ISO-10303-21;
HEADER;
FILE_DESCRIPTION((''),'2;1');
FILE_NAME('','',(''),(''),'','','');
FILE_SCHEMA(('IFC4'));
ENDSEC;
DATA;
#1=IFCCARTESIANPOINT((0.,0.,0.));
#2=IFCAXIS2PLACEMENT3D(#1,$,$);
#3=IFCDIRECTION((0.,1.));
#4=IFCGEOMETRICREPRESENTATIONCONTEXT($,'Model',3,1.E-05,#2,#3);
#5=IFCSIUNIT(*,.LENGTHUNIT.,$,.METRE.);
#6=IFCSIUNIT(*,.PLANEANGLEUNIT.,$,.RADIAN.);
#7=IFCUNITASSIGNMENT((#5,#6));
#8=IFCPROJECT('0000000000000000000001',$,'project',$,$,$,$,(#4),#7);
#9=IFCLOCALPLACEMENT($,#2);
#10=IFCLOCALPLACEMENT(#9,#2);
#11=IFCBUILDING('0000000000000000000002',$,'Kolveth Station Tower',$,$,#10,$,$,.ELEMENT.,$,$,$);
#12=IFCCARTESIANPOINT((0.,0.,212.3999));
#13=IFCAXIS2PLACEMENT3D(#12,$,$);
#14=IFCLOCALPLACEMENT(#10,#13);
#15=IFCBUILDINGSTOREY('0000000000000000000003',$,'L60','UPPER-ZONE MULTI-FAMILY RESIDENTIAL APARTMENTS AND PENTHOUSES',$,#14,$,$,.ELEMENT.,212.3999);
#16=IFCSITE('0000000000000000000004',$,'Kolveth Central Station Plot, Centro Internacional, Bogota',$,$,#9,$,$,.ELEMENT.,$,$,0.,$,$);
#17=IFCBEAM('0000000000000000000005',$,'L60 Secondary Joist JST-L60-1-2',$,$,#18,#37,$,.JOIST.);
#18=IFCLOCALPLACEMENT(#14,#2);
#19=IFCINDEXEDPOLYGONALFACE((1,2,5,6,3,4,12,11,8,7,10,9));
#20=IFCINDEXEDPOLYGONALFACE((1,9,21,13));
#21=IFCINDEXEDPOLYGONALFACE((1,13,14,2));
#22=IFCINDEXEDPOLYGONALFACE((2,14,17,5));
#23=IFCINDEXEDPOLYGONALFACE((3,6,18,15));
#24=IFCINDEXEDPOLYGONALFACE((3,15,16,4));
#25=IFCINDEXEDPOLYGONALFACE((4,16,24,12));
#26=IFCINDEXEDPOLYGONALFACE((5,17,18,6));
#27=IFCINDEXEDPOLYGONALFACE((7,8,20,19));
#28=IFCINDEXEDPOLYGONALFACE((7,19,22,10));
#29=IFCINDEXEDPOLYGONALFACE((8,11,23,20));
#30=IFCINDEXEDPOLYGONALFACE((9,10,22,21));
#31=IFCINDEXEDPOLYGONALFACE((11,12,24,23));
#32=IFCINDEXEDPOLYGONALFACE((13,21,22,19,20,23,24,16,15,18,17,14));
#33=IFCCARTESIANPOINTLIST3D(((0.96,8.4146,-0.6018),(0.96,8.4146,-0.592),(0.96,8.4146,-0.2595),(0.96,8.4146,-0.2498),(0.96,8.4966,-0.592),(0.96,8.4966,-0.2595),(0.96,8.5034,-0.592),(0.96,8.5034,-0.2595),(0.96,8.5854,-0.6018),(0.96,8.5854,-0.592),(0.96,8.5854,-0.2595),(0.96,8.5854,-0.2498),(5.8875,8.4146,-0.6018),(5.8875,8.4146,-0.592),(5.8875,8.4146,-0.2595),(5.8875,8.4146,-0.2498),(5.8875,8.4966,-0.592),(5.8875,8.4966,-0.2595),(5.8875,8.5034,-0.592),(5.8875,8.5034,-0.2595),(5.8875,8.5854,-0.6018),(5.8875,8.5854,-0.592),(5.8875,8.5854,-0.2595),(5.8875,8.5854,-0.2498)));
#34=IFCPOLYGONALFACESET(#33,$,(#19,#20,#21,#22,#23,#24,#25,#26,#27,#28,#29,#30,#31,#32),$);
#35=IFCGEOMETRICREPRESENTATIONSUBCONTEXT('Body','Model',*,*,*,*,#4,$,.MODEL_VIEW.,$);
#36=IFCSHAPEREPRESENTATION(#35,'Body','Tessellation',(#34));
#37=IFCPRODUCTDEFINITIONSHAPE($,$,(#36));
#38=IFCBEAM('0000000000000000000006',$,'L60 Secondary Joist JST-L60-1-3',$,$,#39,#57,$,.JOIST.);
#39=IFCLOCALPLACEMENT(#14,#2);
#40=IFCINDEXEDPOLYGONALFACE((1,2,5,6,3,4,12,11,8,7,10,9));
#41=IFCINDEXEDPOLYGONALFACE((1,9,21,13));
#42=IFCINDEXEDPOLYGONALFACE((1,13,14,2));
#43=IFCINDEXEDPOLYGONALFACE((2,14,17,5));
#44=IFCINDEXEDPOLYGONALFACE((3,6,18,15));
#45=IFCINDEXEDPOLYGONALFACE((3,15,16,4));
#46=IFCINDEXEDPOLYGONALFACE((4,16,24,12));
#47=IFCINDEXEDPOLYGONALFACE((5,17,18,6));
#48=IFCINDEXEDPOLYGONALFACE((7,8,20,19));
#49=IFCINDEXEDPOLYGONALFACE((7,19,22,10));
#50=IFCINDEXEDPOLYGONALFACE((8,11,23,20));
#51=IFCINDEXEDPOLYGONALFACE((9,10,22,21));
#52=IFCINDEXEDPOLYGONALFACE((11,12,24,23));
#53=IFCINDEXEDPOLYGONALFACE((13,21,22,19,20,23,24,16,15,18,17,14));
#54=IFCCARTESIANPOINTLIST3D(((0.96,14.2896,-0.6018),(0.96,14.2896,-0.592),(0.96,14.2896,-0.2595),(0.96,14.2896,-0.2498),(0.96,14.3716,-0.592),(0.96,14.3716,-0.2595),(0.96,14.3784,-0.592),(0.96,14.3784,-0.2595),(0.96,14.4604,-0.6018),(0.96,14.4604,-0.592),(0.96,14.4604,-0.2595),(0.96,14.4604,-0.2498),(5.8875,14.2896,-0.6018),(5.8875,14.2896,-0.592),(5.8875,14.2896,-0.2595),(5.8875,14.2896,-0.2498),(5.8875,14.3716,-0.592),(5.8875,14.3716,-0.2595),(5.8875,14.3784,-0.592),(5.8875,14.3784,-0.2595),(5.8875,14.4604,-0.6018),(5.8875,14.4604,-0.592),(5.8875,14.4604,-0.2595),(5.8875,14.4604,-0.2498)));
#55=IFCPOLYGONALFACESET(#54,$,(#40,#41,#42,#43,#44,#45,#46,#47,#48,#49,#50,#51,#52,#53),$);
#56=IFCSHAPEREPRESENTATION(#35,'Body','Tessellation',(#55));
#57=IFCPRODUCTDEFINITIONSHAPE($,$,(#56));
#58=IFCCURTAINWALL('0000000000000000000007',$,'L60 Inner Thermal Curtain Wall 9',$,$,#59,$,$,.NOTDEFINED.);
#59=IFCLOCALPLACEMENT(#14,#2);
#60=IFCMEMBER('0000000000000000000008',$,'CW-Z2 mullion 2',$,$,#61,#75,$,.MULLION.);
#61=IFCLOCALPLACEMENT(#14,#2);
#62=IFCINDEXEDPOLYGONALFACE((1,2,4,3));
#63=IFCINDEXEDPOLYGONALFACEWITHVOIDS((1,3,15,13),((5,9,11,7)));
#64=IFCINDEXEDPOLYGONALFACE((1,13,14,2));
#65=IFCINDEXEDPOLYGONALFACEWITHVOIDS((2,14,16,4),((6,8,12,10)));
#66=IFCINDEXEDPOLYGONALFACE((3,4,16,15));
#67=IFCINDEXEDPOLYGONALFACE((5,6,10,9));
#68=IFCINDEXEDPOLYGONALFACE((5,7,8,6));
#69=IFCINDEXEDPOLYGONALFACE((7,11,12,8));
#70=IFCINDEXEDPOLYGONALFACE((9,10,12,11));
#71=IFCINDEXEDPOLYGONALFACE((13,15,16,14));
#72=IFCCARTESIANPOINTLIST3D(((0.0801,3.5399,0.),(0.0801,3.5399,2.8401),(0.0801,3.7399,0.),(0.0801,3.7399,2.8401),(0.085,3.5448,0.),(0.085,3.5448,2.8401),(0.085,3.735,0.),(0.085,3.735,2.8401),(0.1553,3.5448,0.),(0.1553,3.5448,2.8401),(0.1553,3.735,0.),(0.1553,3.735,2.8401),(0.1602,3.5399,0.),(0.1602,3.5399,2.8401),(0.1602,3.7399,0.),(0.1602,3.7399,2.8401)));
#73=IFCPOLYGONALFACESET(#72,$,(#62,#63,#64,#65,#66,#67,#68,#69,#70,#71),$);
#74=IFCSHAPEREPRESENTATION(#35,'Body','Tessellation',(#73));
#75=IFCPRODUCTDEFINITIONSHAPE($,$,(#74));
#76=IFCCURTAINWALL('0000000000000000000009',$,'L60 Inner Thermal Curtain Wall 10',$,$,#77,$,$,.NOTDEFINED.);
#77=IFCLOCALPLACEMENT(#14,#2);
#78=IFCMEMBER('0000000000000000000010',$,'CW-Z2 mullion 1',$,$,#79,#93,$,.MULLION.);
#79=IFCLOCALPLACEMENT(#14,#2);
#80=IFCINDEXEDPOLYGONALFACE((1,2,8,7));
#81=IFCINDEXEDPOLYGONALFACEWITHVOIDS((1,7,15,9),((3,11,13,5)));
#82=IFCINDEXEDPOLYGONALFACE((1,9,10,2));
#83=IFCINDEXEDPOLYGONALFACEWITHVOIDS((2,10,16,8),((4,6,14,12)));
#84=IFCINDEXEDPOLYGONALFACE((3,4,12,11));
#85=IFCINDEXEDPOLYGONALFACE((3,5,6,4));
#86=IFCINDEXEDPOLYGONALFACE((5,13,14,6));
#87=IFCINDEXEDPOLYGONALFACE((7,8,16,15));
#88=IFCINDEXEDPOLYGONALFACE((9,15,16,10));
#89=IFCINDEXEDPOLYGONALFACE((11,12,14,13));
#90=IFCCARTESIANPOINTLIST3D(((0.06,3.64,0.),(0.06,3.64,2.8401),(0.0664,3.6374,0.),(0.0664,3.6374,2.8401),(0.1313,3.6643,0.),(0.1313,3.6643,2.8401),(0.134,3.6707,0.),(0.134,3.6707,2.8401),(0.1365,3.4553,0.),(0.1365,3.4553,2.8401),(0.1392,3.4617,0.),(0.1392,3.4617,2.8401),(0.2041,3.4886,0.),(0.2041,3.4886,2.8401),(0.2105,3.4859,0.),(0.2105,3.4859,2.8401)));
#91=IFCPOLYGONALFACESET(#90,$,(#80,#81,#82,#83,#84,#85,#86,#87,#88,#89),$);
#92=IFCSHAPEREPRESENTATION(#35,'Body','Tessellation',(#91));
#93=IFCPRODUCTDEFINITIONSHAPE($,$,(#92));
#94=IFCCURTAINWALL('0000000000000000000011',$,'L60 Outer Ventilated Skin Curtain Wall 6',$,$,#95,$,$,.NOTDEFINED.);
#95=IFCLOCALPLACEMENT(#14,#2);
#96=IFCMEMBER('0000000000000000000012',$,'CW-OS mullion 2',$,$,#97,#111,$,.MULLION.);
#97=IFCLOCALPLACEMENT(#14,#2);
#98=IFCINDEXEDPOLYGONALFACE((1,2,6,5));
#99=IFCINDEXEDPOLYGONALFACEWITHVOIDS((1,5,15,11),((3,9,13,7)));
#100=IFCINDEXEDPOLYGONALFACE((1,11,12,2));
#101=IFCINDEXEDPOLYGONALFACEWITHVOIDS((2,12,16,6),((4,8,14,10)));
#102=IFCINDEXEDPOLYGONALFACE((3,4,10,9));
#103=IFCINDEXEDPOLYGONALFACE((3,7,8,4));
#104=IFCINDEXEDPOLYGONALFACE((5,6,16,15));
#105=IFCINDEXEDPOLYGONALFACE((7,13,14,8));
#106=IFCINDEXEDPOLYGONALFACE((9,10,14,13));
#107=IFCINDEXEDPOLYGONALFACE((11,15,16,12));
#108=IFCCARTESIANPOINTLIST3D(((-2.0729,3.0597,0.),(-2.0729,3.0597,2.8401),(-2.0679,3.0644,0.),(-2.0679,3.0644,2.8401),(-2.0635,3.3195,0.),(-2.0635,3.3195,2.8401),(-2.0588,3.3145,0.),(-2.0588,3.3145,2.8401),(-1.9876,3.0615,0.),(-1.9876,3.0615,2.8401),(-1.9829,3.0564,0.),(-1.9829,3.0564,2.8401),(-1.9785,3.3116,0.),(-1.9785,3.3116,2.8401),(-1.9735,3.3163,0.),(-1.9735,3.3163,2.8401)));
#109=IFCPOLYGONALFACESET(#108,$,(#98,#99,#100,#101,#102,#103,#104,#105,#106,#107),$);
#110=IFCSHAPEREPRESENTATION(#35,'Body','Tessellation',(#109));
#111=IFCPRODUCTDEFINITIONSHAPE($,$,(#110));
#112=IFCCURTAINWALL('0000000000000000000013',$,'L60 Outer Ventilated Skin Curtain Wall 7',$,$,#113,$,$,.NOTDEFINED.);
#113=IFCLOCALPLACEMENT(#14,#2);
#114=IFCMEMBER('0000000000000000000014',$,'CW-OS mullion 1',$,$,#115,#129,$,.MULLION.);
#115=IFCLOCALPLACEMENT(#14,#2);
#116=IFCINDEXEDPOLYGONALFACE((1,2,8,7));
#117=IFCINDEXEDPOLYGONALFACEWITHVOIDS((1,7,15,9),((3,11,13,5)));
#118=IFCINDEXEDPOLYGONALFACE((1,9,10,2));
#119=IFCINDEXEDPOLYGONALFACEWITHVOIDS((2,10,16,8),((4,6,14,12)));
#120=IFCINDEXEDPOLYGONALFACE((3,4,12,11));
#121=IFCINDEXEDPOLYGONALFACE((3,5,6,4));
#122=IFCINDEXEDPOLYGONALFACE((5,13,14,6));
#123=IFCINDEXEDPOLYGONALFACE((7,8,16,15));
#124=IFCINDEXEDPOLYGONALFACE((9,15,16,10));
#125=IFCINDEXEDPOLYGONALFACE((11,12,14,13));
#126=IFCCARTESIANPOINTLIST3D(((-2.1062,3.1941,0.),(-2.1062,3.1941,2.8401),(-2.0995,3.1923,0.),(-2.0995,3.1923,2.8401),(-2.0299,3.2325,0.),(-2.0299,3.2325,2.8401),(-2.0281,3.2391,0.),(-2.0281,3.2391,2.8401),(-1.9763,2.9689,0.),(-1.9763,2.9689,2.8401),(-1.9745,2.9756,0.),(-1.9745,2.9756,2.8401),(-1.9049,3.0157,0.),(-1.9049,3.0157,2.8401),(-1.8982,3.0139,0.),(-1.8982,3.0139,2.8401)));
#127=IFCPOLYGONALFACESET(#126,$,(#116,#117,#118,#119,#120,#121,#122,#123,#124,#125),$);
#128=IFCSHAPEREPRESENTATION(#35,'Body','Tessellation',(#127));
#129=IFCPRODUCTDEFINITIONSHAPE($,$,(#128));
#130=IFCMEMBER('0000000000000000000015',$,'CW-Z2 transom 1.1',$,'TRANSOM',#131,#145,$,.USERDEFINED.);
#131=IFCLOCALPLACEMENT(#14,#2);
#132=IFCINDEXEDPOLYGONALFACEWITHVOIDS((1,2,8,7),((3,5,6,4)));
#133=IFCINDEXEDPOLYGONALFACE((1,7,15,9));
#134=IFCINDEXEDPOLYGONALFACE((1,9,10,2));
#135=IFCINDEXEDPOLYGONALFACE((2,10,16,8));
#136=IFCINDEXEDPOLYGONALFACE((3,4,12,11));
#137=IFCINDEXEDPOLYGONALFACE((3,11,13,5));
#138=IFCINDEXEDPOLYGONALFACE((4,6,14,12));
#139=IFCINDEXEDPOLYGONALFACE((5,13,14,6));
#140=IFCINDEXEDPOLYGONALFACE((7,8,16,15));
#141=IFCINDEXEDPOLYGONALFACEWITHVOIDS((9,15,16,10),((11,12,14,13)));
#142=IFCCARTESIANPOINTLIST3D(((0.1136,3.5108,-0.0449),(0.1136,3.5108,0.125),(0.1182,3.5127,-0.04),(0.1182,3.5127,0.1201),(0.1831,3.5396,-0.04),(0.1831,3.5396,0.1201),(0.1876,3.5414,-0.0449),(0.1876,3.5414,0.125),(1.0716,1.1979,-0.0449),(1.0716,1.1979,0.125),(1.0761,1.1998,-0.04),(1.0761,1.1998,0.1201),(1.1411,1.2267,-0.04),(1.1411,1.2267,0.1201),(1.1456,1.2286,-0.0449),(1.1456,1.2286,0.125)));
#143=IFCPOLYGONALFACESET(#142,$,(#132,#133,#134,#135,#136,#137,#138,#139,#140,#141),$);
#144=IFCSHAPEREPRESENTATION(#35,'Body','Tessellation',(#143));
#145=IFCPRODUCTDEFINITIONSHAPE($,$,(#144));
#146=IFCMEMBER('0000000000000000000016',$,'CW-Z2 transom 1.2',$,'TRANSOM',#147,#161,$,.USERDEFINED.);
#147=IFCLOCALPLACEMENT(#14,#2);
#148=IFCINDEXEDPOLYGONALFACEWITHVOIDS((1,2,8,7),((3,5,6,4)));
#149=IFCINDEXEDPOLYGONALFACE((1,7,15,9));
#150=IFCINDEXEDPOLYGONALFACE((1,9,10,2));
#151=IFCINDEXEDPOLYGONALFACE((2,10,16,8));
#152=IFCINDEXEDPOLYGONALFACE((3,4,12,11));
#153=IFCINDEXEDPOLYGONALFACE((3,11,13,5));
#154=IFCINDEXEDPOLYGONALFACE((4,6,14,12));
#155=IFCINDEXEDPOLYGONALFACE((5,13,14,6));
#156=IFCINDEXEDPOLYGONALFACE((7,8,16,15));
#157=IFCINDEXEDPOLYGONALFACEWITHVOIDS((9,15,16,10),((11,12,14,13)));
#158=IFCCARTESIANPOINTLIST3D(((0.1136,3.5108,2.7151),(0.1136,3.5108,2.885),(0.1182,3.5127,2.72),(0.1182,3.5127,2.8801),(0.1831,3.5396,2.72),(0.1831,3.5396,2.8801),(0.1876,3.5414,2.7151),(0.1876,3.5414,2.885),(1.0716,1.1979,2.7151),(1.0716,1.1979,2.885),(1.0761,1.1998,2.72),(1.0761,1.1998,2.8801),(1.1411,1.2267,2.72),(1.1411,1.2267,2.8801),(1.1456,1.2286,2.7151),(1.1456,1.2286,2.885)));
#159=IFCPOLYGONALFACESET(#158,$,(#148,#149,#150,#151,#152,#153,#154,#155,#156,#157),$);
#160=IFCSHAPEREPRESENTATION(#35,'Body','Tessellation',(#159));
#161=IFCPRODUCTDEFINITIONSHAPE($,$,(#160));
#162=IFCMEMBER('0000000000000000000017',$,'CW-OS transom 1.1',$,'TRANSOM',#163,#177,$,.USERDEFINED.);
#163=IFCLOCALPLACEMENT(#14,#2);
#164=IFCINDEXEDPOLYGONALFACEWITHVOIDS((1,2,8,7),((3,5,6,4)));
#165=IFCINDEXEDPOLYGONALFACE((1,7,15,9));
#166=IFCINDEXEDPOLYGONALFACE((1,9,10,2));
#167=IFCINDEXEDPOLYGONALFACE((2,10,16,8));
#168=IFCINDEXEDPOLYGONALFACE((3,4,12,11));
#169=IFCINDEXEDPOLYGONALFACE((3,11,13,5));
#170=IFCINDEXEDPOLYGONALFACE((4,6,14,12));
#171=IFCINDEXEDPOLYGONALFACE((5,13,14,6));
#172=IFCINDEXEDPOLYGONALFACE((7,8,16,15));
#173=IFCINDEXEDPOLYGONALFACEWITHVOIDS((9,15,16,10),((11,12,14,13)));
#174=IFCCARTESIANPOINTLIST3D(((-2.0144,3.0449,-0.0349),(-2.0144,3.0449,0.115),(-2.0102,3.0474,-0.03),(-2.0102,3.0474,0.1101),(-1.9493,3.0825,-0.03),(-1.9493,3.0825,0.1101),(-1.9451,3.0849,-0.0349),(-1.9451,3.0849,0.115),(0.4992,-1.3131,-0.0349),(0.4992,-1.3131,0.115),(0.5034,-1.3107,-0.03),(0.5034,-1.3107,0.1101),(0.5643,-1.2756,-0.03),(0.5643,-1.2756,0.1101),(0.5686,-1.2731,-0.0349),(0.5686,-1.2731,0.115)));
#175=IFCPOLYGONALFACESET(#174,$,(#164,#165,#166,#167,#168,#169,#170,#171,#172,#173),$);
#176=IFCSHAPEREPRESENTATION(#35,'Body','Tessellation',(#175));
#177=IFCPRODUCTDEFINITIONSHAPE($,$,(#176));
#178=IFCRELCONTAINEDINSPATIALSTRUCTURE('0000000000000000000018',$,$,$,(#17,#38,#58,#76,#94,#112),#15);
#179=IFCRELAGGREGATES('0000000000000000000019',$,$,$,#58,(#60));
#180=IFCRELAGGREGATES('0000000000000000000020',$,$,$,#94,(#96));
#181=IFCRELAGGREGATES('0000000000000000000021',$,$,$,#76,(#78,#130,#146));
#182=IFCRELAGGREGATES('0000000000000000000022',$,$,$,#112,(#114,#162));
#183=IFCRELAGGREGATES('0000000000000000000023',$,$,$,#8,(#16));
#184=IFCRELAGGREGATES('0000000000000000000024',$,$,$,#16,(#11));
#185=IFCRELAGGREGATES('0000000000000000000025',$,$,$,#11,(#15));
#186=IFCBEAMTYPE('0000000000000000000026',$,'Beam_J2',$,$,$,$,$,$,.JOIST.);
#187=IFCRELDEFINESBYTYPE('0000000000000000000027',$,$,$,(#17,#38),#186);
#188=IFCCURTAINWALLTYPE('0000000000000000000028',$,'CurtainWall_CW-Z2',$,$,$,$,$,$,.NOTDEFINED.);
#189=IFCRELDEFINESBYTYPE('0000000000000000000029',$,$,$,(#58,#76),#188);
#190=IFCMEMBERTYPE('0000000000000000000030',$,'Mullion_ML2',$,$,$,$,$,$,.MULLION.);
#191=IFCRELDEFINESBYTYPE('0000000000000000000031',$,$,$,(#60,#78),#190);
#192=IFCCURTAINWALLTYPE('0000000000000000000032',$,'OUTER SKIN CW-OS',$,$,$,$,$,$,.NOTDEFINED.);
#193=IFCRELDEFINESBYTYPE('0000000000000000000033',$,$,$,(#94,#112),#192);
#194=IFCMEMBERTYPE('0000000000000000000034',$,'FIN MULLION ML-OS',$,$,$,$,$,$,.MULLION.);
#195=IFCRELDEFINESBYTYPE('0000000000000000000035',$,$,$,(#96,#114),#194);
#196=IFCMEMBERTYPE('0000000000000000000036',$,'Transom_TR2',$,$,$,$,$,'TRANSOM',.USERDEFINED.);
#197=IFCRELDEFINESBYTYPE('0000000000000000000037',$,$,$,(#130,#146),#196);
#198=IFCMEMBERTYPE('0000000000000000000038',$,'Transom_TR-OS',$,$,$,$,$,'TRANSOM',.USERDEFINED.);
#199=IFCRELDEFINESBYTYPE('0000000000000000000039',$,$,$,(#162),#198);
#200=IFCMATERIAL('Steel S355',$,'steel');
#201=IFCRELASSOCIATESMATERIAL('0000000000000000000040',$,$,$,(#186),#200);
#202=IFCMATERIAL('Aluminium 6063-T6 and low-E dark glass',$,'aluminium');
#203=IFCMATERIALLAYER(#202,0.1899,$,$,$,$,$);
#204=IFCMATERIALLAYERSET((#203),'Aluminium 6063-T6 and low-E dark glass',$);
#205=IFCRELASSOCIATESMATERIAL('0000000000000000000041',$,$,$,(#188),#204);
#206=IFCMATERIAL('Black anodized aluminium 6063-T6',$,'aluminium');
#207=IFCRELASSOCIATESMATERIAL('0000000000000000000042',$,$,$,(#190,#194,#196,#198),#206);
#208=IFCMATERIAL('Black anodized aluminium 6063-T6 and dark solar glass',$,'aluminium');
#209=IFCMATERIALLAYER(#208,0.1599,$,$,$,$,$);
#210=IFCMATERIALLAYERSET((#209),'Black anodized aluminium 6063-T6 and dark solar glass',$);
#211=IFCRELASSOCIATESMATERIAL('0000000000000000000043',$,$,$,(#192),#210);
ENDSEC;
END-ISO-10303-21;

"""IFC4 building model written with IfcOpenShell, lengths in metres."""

from ifc_helpers import new_model, si_unit, direction, frame, origin, origin_2d, place, context, subcontext, project, spatial, hollow_rectangle, i_section, extrude, source, transform, mapped, material, layer, layer_set, material_profile, profile_set, type_object, element, aggregate, save


model = new_model("IFC4")

# Units and contexts
model_context = context("Model", 3, precision=1e-05, world=origin(), true_north=direction((0.0, 1.0)))
body_context = subcontext(model_context, "Body", "Model", "MODEL_VIEW")
ifc_project = project(units=[si_unit("LENGTHUNIT", "METRE"), si_unit("PLANEANGLEUNIT", "RADIAN")], contexts=[model_context])

# Site, building, storey
site_placement = place(None, origin())
site = spatial("IfcSite", under=ifc_project, at=site_placement, Name="Kolveth Central Station Plot, Centro Internacional, Bogota", CompositionType="ELEMENT", RefElevation=0.0)
building_placement = place(site_placement, origin())
building = spatial("IfcBuilding", under=site, at=building_placement, Name="Kolveth Station Tower", CompositionType="ELEMENT")
storey_placement = place(building_placement, frame((0.0, 0.0, 212.3999)))
storey = spatial("IfcBuildingStorey", under=building, at=storey_placement, Name="L60", Description="UPPER-ZONE MULTI-FAMILY RESIDENTIAL APARTMENTS AND PENTHOUSES", CompositionType="ELEMENT", Elevation=212.3999)

# Shared definitions
ifc_material_1 = material(Name="Steel S355", Category="steel")

# Beams
ifc_material_profile_1 = material_profile(ifc_material_1, i_section(OverallWidth=0.1709, OverallDepth=0.3521, WebThickness=0.0068, FlangeThickness=0.0098, at=origin_2d()), Name="W360x44")
ifc_profile_set_1 = profile_set([ifc_material_profile_1], Name="Steel S355")
beam_type_1 = type_object("IfcBeamType", Name="Beam_J2", PredefinedType="JOIST", material=ifc_profile_set_1)
shared_shape_1 = source(origin(), body_context, "Body", "SweptSolid", [
    extrude(i_section(OverallWidth=0.1709, OverallDepth=0.3521, WebThickness=0.0068, FlangeThickness=0.0098, at=origin_2d()), origin(), (0.0, 0.0, 1.0), 4.9275),
])
for number, where, z_axis, x_axis, name in (
    (1, (0.96, 8.5, -0.4258), (1.0, 0.0, 0.0), (0.0, 1.0, 0.0), "L60 Secondary Joist JST-L60-1-2"),
    (2, (0.96, 14.375, -0.4258), (1.0, 0.0, 0.0), (0.0, 1.0, 0.0), "L60 Secondary Joist JST-L60-1-3"),
):
    element("IfcBeam", number, at=place(storey_placement, frame(where, z_axis=z_axis, x_axis=x_axis)), inside=storey, type_object=beam_type_1, Name=name, PredefinedType="JOIST", context=body_context, shape_type="MappedRepresentation", body=[
        mapped(shared_shape_1, transform((0.0, 0.0, 0.0), x_axis=(1.0, 0.0, 0.0), y_axis=(0.0, 1.0, 0.0), z_axis=(0.0, 0.0, 1.0), scale=1.0)),
    ])

# Curtain walls, members
ifc_material_2 = material(Name="Aluminium 6063-T6 and low-E dark glass", Category="aluminium")
ifc_layer_1 = layer(ifc_material_2, 0.1899)
ifc_layer_set_1 = layer_set([ifc_layer_1], Name="Aluminium 6063-T6 and low-E dark glass")
curtain_wall_type_1 = type_object("IfcCurtainWallType", Name="CurtainWall_CW-Z2", PredefinedType="NOTDEFINED", material=ifc_layer_set_1)
curtain_wall_1_placement = place(storey_placement, origin())
curtain_wall_1 = element("IfcCurtainWall", 3, at=curtain_wall_1_placement, inside=storey, type_object=curtain_wall_type_1, Name="L60 Inner Thermal Curtain Wall 9", PredefinedType="NOTDEFINED")
ifc_material_3 = material(Name="Black anodized aluminium 6063-T6", Category="aluminium")
ifc_material_profile_2 = material_profile(ifc_material_3, hollow_rectangle(XDim=0.0801, YDim=0.2, WallThickness=0.0049, at=origin_2d()), Name="ALU-80x200x5")
ifc_profile_set_2 = profile_set([ifc_material_profile_2], Name="Black anodized aluminium 6063-T6")
member_type_1 = type_object("IfcMemberType", Name="Mullion_ML2", PredefinedType="MULLION", material=ifc_profile_set_2)
shared_shape_2 = source(origin(), body_context, "Body", "SweptSolid", [
    extrude(hollow_rectangle(XDim=0.0801, YDim=0.2, WallThickness=0.0049, at=origin_2d()), origin(), (0.0, 0.0, 1.0), 2.8401),
])
member_1_placement = place(storey_placement, frame((0.1201, 3.6399, 0.0), z_axis=(0.0, 0.0, 1.0), x_axis=(1.0, 0.0, 0.0)))
member_1 = element("IfcMember", 4, at=member_1_placement, type_object=member_type_1, Name="CW-Z2 mullion 2", PredefinedType="MULLION", context=body_context, shape_type="MappedRepresentation", body=[
    mapped(shared_shape_2, transform((0.0, 0.0, 0.0), x_axis=(1.0, 0.0, 0.0), y_axis=(0.0, 1.0, 0.0), z_axis=(0.0, 0.0, 1.0), scale=1.0)),
])
aggregate(curtain_wall_1, [member_1])
curtain_wall_2_placement = place(storey_placement, origin())
curtain_wall_2 = element("IfcCurtainWall", 5, at=curtain_wall_2_placement, inside=storey, type_object=curtain_wall_type_1, Name="L60 Inner Thermal Curtain Wall 10", PredefinedType="NOTDEFINED")
member_2_placement = place(storey_placement, frame((0.1353, 3.563, 0.0), z_axis=(0.0, 0.0, 1.0), x_axis=(0.923874, 0.382698, 0.0)))
member_2 = element("IfcMember", 6, at=member_2_placement, type_object=member_type_1, Name="CW-Z2 mullion 1", PredefinedType="MULLION", context=body_context, shape_type="MappedRepresentation", body=[
    mapped(shared_shape_2, transform((0.0, 0.0, 0.0), x_axis=(1.0, 0.0, 0.0), y_axis=(0.0, 1.0, 0.0), z_axis=(0.0, 0.0, 1.0), scale=1.0)),
])
ifc_material_4 = material(Name="Black anodized aluminium 6063-T6 and dark solar glass", Category="aluminium")
ifc_layer_2 = layer(ifc_material_4, 0.1599)
ifc_layer_set_2 = layer_set([ifc_layer_2], Name="Black anodized aluminium 6063-T6 and dark solar glass")
curtain_wall_type_2 = type_object("IfcCurtainWallType", Name="OUTER SKIN CW-OS", PredefinedType="NOTDEFINED", material=ifc_layer_set_2)
curtain_wall_3_placement = place(storey_placement, origin())
curtain_wall_3 = element("IfcCurtainWall", 7, at=curtain_wall_3_placement, inside=storey, type_object=curtain_wall_type_2, Name="L60 Outer Ventilated Skin Curtain Wall 6", PredefinedType="NOTDEFINED")
ifc_material_profile_3 = material_profile(ifc_material_3, hollow_rectangle(XDim=0.0901, YDim=0.26, WallThickness=0.0049, at=origin_2d()), Name="ALU-90x260x5")
ifc_profile_set_3 = profile_set([ifc_material_profile_3], Name="Black anodized aluminium 6063-T6")
member_type_2 = type_object("IfcMemberType", Name="FIN MULLION ML-OS", PredefinedType="MULLION", material=ifc_profile_set_3)
shared_shape_3 = source(origin(), body_context, "Body", "SweptSolid", [
    extrude(hollow_rectangle(XDim=0.0901, YDim=0.26, WallThickness=0.0049, at=origin_2d()), origin(), (0.0, 0.0, 1.0), 2.8401),
])
member_3_placement = place(storey_placement, frame((-2.0232, 3.188, 0.0), z_axis=(0.0, 0.0, 1.0), x_axis=(0.999341, -0.036292, 0.0)))
member_3 = element("IfcMember", 8, at=member_3_placement, type_object=member_type_2, Name="CW-OS mullion 2", PredefinedType="MULLION", context=body_context, shape_type="MappedRepresentation", body=[
    mapped(shared_shape_3, transform((0.0, 0.0, 0.0), x_axis=(1.0, 0.0, 0.0), y_axis=(0.0, 1.0, 0.0), z_axis=(0.0, 0.0, 1.0), scale=1.0)),
])
aggregate(curtain_wall_3, [member_3])
curtain_wall_4_placement = place(storey_placement, origin())
curtain_wall_4 = element("IfcCurtainWall", 9, at=curtain_wall_4_placement, inside=storey, type_object=curtain_wall_type_2, Name="L60 Outer Ventilated Skin Curtain Wall 7", PredefinedType="NOTDEFINED")
member_4_placement = place(storey_placement, frame((-2.0022, 3.104, 0.0), z_axis=(0.0, 0.0, 1.0), x_axis=(0.866221, 0.49966, 0.0)))
member_4 = element("IfcMember", 10, at=member_4_placement, type_object=member_type_2, Name="CW-OS mullion 1", PredefinedType="MULLION", context=body_context, shape_type="MappedRepresentation", body=[
    mapped(shared_shape_3, transform((0.0, 0.0, 0.0), x_axis=(1.0, 0.0, 0.0), y_axis=(0.0, 1.0, 0.0), z_axis=(0.0, 0.0, 1.0), scale=1.0)),
])

# Members
ifc_material_profile_4 = material_profile(ifc_material_3, hollow_rectangle(XDim=0.0801, YDim=0.1699, WallThickness=0.0049, at=origin_2d()), Name="ALU-80x170x5")
ifc_profile_set_4 = profile_set([ifc_material_profile_4], Name="Black anodized aluminium 6063-T6")
member_type_3 = type_object("IfcMemberType", Name="Transom_TR2", ElementType="TRANSOM", PredefinedType="USERDEFINED", material=ifc_profile_set_4)
shared_shape_4 = source(origin(), body_context, "Body", "SweptSolid", [
    extrude(hollow_rectangle(XDim=0.0801, YDim=0.1699, WallThickness=0.0049, at=origin_2d()), origin(), (0.0, 0.0, 1.0), 2.5034),
])
member_5_placement = place(storey_placement, frame((0.1506, 3.5261, 0.04), z_axis=(0.382662, -0.923888, 0.0), x_axis=(0.923888, 0.382662, 0.0)))
member_5 = element("IfcMember", 11, at=member_5_placement, type_object=member_type_3, Name="CW-Z2 transom 1.1", ObjectType="TRANSOM", PredefinedType="USERDEFINED", context=body_context, shape_type="MappedRepresentation", body=[
    mapped(shared_shape_4, transform((0.0, 0.0, 0.0), x_axis=(1.0, 0.0, 0.0), y_axis=(0.0, 1.0, 0.0), z_axis=(0.0, 0.0, 1.0), scale=1.0)),
])
member_6_placement = place(storey_placement, frame((0.1506, 3.5261, 2.8), z_axis=(0.382662, -0.923888, 0.0), x_axis=(0.923888, 0.382662, 0.0)))
member_6 = element("IfcMember", 12, at=member_6_placement, type_object=member_type_3, Name="CW-Z2 transom 1.2", ObjectType="TRANSOM", PredefinedType="USERDEFINED", context=body_context, shape_type="MappedRepresentation", body=[
    mapped(shared_shape_4, transform((0.0, 0.0, 0.0), x_axis=(1.0, 0.0, 0.0), y_axis=(0.0, 1.0, 0.0), z_axis=(0.0, 0.0, 1.0), scale=1.0)),
])
aggregate(curtain_wall_2, [member_2, member_5, member_6])
ifc_material_profile_5 = material_profile(ifc_material_3, hollow_rectangle(XDim=0.0801, YDim=0.1499, WallThickness=0.0049, at=origin_2d()), Name="ALU-80x150x5")
ifc_profile_set_5 = profile_set([ifc_material_profile_5], Name="Black anodized aluminium 6063-T6")
member_type_4 = type_object("IfcMemberType", Name="Transom_TR-OS", ElementType="TRANSOM", PredefinedType="USERDEFINED", material=ifc_profile_set_5)
shared_shape_5 = source(origin(), body_context, "Body", "SweptSolid", [
    extrude(hollow_rectangle(XDim=0.0801, YDim=0.1499, WallThickness=0.0049, at=origin_2d()), origin(), (0.0, 0.0, 1.0), 5.031),
])
member_7_placement = place(storey_placement, frame((-1.9797, 3.0649, 0.04), z_axis=(0.499626, -0.866241, 0.0), x_axis=(0.866241, 0.499626, 0.0)))
member_7 = element("IfcMember", 13, at=member_7_placement, type_object=member_type_4, Name="CW-OS transom 1.1", ObjectType="TRANSOM", PredefinedType="USERDEFINED", context=body_context, shape_type="MappedRepresentation", body=[
    mapped(shared_shape_5, transform((0.0, 0.0, 0.0), x_axis=(1.0, 0.0, 0.0), y_axis=(0.0, 1.0, 0.0), z_axis=(0.0, 0.0, 1.0), scale=1.0)),
])
aggregate(curtain_wall_4, [member_4, member_7])

save(model, "model.ifc")
